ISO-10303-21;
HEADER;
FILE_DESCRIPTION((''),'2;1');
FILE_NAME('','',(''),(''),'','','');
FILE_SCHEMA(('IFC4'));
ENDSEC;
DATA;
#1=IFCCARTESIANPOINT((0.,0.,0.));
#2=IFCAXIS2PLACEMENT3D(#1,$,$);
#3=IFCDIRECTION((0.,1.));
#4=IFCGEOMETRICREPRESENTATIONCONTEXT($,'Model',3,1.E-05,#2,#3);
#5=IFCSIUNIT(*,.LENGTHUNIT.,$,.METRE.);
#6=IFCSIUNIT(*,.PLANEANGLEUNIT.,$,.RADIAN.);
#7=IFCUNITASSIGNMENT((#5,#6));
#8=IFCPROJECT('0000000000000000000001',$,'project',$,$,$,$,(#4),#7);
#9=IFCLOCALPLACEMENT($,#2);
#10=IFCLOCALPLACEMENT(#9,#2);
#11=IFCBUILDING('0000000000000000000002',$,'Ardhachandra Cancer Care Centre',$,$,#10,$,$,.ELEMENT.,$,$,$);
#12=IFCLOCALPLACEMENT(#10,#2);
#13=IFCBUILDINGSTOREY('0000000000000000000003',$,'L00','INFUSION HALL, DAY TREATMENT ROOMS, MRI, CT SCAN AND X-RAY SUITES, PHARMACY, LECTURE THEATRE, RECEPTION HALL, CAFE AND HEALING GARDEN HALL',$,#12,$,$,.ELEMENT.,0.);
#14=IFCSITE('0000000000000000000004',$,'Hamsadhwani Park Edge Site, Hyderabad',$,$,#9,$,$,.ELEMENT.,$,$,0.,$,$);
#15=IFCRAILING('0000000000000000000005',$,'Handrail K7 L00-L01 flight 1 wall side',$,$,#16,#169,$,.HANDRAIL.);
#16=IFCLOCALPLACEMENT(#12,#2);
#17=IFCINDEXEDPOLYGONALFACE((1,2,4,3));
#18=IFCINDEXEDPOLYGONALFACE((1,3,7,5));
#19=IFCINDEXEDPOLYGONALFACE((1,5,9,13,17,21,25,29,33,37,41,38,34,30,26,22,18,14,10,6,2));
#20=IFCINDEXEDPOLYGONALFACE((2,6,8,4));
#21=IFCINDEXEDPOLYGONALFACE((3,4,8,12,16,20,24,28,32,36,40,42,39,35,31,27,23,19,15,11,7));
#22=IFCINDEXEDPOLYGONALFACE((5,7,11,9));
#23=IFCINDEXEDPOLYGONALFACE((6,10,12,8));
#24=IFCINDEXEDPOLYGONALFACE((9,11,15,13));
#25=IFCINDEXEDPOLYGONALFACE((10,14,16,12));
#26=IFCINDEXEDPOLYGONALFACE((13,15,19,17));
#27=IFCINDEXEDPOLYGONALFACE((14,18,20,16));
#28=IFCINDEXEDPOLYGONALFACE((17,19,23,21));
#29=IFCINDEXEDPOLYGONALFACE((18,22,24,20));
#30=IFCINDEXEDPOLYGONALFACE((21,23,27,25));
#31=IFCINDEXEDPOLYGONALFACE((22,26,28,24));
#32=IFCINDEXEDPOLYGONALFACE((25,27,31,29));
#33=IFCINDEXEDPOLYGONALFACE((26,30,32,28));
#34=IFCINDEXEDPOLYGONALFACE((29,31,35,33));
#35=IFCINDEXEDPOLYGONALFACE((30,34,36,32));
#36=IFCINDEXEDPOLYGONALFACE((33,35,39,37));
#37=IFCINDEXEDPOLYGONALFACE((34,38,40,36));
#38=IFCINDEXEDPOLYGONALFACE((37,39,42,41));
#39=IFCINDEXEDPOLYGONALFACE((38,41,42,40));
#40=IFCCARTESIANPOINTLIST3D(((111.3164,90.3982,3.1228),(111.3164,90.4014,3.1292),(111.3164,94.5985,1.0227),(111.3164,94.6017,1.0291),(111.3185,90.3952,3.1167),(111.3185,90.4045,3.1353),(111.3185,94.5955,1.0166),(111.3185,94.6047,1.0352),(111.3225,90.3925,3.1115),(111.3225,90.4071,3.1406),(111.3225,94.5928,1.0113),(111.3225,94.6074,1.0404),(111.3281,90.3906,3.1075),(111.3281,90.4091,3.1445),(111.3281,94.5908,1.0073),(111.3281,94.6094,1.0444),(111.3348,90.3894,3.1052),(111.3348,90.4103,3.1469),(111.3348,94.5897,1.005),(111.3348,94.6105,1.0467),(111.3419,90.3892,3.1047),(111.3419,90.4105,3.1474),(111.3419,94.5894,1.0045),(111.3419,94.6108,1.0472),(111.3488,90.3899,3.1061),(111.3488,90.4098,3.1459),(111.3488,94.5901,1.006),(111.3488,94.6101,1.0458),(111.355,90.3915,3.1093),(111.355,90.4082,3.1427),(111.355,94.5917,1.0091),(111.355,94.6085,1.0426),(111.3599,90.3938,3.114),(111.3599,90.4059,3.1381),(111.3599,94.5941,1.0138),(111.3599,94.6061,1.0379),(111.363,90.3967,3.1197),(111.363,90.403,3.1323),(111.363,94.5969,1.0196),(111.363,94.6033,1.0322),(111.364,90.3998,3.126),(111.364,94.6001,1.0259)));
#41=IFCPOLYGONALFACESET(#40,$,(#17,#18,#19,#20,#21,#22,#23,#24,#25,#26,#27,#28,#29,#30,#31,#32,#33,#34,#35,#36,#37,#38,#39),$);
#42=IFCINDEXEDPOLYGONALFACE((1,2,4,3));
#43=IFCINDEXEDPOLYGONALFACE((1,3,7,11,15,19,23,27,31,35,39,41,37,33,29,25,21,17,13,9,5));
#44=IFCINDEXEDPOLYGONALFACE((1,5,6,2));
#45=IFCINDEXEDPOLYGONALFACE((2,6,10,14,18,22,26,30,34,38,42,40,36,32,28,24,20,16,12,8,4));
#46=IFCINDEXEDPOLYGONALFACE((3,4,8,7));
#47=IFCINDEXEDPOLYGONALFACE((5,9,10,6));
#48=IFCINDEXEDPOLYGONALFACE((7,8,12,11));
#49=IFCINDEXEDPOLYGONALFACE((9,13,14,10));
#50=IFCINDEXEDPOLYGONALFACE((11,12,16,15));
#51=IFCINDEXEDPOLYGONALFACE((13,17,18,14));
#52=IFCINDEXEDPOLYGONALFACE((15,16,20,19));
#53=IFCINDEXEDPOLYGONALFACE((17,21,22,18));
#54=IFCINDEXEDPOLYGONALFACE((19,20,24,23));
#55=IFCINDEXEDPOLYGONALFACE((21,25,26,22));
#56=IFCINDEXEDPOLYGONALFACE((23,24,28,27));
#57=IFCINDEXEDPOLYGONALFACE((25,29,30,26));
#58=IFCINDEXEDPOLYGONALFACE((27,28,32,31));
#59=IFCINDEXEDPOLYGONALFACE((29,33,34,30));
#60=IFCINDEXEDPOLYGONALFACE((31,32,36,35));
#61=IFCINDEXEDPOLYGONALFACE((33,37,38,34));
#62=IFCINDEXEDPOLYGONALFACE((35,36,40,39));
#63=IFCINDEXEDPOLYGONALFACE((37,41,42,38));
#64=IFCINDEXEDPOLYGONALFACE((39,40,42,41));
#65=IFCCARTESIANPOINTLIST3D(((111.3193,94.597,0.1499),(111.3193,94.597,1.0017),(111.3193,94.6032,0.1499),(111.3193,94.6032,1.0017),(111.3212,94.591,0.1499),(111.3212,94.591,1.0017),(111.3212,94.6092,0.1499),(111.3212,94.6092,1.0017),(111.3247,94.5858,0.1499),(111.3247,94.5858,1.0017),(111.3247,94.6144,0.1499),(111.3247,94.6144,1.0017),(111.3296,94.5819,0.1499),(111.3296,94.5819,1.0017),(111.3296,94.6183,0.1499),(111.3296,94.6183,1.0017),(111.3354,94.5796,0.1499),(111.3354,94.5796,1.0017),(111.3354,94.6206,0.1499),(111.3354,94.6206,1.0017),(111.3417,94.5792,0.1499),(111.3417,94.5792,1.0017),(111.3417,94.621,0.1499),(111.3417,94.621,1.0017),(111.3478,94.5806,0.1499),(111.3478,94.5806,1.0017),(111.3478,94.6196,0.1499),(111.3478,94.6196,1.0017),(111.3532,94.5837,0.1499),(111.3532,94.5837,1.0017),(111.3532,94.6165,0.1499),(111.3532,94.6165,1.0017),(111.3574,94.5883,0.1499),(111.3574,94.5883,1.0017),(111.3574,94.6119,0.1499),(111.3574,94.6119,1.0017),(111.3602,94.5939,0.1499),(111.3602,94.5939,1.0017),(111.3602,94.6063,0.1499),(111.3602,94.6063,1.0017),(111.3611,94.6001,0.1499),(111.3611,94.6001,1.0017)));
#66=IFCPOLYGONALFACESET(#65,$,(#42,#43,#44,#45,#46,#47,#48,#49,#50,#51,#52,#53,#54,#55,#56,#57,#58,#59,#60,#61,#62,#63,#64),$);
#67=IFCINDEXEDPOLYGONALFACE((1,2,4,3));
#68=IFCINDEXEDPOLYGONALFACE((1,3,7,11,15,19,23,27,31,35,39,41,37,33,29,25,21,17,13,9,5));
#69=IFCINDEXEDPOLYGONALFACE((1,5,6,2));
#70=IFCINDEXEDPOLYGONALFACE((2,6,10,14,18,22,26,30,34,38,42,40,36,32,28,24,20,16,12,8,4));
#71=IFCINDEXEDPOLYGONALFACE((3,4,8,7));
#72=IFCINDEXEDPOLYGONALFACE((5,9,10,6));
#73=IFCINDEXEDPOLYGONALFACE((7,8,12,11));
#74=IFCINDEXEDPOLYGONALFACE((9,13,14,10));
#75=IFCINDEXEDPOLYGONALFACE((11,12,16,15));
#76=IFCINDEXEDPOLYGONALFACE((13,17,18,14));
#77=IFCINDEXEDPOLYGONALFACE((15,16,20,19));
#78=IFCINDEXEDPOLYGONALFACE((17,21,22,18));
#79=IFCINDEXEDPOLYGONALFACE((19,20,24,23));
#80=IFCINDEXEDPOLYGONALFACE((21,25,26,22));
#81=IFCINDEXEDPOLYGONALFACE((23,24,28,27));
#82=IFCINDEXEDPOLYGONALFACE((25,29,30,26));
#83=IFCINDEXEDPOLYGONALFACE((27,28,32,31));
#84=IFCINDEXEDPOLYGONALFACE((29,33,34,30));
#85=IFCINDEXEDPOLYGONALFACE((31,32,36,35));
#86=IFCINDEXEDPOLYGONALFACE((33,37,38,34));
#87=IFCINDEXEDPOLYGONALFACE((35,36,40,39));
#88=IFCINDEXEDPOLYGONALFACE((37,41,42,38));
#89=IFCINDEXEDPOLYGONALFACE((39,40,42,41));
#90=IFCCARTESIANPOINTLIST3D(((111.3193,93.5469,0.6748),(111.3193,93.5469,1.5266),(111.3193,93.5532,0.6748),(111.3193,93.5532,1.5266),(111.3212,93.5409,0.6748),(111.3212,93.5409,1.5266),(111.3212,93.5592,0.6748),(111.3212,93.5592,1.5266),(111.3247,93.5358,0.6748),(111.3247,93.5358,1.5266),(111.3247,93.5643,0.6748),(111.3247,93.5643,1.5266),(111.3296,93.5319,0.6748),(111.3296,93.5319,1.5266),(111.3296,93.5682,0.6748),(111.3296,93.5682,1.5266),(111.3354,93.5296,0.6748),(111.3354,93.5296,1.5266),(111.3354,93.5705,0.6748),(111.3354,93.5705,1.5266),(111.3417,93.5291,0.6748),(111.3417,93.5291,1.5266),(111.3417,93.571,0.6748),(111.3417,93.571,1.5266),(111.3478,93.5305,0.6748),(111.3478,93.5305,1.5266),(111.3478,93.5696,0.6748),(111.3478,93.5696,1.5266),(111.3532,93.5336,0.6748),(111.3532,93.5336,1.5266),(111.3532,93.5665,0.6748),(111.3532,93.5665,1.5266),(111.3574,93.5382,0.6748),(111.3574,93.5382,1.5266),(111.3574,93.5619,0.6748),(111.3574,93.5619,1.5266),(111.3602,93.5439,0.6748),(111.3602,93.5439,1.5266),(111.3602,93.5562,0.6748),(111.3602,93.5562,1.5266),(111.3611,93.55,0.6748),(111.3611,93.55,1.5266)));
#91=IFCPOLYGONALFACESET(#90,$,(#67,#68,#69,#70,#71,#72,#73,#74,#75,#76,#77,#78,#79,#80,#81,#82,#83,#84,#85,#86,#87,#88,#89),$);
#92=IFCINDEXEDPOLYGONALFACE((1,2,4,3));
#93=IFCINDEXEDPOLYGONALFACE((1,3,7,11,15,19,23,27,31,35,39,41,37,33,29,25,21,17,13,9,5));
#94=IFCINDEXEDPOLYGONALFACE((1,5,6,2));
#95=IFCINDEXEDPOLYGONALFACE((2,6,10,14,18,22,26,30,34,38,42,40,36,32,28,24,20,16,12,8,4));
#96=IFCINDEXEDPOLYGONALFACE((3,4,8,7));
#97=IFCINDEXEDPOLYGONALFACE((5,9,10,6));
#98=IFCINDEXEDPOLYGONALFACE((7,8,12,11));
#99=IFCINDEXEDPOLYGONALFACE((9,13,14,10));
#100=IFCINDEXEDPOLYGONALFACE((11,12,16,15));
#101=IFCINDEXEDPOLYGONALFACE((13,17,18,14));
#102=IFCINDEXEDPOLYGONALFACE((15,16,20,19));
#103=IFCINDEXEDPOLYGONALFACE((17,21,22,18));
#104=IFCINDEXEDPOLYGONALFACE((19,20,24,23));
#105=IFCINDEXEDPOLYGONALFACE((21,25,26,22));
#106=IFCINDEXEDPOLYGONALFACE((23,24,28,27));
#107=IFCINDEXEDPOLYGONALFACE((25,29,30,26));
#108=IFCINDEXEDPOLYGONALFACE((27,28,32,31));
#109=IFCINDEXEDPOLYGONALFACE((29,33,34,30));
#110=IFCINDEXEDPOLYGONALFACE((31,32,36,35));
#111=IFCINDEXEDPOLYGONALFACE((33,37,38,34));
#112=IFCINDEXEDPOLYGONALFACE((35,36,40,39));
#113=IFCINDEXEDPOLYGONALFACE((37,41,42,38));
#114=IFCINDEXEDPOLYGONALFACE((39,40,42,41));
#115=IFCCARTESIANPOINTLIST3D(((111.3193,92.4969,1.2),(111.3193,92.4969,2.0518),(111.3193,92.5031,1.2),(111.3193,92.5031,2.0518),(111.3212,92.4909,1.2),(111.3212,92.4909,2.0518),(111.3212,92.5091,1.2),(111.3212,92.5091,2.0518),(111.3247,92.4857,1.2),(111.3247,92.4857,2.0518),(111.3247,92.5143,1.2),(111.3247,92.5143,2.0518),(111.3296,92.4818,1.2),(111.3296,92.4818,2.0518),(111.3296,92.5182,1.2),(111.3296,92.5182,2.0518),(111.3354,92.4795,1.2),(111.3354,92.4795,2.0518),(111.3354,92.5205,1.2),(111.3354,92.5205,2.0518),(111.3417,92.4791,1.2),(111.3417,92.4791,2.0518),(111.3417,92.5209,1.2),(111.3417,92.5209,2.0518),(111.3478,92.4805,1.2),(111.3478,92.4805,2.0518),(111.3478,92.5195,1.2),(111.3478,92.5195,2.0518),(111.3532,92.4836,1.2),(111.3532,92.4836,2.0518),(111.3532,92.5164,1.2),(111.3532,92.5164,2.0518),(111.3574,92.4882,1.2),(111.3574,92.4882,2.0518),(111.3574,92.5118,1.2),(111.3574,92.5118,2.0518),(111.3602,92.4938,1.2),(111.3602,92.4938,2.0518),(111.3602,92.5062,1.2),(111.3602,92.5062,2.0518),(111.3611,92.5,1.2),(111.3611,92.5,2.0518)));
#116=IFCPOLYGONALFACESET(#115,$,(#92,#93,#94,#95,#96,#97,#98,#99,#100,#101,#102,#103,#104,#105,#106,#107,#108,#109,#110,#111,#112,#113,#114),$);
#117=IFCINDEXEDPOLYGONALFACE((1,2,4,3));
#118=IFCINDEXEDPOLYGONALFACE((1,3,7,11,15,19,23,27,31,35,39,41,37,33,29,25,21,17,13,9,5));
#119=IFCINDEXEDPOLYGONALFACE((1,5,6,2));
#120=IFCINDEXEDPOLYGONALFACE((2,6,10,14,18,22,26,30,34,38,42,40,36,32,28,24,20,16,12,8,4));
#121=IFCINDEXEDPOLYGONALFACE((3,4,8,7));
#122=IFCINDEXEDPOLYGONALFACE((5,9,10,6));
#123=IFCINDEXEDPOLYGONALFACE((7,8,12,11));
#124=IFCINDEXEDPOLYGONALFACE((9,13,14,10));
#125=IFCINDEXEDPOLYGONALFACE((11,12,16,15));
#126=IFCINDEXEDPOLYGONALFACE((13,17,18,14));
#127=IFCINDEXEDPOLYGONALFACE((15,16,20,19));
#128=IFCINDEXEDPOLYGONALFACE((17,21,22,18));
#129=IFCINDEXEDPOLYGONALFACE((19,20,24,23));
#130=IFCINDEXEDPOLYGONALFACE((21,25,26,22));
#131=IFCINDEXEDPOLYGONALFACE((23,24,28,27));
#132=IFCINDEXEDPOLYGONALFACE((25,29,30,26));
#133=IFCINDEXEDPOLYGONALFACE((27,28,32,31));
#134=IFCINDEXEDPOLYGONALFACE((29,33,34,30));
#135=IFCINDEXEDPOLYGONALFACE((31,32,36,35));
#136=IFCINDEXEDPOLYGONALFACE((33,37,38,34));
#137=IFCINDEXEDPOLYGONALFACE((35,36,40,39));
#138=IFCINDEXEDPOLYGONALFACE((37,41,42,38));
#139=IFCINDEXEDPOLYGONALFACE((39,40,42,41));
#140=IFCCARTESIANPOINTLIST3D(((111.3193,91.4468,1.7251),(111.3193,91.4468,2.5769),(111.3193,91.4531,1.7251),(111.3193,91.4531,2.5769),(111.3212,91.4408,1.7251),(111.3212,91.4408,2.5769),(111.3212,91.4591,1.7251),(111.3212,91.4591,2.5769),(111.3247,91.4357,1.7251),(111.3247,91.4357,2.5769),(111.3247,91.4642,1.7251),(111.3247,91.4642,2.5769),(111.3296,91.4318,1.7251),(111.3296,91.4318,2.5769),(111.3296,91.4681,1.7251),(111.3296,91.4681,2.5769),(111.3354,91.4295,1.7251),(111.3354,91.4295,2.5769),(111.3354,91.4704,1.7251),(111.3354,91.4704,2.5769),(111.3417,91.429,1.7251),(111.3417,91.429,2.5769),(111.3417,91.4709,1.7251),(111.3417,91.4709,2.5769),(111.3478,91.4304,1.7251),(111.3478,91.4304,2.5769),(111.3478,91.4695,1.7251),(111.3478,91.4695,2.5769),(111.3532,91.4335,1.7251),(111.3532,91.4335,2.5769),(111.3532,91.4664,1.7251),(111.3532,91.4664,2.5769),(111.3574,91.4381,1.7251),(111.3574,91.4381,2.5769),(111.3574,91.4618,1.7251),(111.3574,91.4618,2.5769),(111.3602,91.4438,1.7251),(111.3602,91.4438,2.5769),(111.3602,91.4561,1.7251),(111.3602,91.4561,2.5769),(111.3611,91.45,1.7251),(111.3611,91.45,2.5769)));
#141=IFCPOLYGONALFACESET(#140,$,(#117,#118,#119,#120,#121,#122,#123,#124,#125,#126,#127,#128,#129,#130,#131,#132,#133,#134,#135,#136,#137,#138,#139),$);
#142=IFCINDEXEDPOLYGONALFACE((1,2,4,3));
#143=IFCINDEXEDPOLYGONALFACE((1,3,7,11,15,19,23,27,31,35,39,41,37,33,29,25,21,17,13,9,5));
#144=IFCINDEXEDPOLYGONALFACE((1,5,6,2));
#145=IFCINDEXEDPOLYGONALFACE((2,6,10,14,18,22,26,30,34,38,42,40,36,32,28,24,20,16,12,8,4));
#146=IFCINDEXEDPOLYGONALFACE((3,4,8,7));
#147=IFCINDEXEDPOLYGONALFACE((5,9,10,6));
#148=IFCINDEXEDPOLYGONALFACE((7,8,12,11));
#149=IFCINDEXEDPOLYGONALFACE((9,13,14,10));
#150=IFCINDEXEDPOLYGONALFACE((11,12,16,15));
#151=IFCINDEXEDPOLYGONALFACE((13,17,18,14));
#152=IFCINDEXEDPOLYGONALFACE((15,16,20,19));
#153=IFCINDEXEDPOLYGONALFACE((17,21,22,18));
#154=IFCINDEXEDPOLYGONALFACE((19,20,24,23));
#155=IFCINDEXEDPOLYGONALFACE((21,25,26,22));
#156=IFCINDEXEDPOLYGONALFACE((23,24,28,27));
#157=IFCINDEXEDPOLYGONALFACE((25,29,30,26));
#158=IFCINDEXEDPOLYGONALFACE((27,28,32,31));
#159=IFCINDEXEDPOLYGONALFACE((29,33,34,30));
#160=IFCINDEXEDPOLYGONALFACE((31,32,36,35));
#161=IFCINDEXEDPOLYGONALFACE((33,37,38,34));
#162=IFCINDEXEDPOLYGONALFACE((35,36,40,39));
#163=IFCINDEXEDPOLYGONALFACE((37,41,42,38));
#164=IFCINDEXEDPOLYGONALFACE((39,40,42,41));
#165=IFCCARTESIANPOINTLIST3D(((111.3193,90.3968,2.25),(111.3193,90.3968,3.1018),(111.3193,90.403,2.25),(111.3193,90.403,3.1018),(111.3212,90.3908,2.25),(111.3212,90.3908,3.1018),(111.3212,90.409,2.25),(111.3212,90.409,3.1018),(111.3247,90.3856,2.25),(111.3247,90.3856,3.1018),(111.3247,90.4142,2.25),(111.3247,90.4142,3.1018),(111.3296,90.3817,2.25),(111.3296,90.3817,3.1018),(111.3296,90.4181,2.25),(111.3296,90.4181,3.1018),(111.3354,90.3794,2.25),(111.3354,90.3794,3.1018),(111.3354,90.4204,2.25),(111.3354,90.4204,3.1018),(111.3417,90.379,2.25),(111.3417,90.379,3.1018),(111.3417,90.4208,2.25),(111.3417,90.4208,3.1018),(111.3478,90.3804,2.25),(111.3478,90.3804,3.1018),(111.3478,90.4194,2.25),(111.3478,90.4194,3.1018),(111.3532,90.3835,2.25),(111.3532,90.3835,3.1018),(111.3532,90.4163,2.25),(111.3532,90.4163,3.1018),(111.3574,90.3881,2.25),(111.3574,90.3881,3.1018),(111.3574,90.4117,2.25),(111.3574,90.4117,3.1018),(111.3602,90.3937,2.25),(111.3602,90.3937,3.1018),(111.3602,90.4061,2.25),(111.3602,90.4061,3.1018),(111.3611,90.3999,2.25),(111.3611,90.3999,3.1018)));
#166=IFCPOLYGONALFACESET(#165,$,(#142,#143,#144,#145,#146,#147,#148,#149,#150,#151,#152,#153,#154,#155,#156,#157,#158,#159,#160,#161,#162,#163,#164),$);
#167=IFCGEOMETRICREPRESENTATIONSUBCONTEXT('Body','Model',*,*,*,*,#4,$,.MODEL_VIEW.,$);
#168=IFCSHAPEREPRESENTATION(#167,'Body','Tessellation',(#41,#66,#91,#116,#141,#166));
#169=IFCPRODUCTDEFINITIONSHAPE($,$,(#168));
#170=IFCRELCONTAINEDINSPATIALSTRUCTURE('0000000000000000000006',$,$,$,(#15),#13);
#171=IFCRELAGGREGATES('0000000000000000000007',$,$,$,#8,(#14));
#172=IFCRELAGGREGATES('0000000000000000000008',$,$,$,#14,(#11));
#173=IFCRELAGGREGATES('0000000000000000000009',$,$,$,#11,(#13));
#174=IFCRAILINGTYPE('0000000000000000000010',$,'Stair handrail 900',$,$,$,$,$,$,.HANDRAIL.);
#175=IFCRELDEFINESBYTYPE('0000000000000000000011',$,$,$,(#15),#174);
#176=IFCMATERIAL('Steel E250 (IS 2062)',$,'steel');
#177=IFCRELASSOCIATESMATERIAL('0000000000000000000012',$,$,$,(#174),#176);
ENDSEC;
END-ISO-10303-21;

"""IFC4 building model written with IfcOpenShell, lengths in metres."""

from ifc_helpers import new_model, si_unit, direction, frame, origin, origin_2d, place, context, subcontext, project, spatial, circle, extrude, material, type_object, element, save


model = new_model("IFC4")

# Units and contexts
model_context = context("Model", 3, precision=1e-05, world=origin(), true_north=direction((0.0, 1.0)))
body_context = subcontext(model_context, "Body", "Model", "MODEL_VIEW")
ifc_project = project(units=[si_unit("LENGTHUNIT", "METRE"), si_unit("PLANEANGLEUNIT", "RADIAN")], contexts=[model_context])

# Site, building, storey
site_placement = place(None, origin())
site = spatial("IfcSite", under=ifc_project, at=site_placement, Name="Hamsadhwani Park Edge Site, Hyderabad", CompositionType="ELEMENT", RefElevation=0.0)
building_placement = place(site_placement, origin())
building = spatial("IfcBuilding", under=site, at=building_placement, Name="Ardhachandra Cancer Care Centre", CompositionType="ELEMENT")
storey_placement = place(building_placement, origin())
storey = spatial("IfcBuildingStorey", under=building, at=storey_placement, Name="L00", Description="INFUSION HALL, DAY TREATMENT ROOMS, MRI, CT SCAN AND X-RAY SUITES, PHARMACY, LECTURE THEATRE, RECEPTION HALL, CAFE AND HEALING GARDEN HALL", CompositionType="ELEMENT", Elevation=0.0)

# Railing
ifc_material_1 = material(Name="Steel E250 (IS 2062)", Category="steel")
railing_type_1 = type_object("IfcRailingType", Name="Stair handrail 900", PredefinedType="HANDRAIL", material=ifc_material_1)
for number, where, name in (
    (1, (111.3401, 94.6001, 0.1499), "Handrail K7 L00-L01 flight 1 wall side"),
):
    element("IfcRailing", number, at=place(storey_placement, frame(where)), inside=storey, type_object=railing_type_1, Name=name, PredefinedType="HANDRAIL", context=body_context, shape_type="SweptSolid", body=[
        extrude(circle(Radius=0.0239, at=origin_2d()), frame((0.0, 0.0, 0.876), z_axis=(0.0, -0.894427, 0.447214), x_axis=(1.0, 0.0, 0.0)), (0.0, 0.0, 1.0), 4.696),
        extrude(circle(Radius=0.021, at=origin_2d()), origin(), (0.0, 0.0, 1.0), 0.8518),
        extrude(circle(Radius=0.021, at=origin_2d()), frame((0.0, -1.05, 0.5249)), (0.0, 0.0, 1.0), 0.8518),
        extrude(circle(Radius=0.021, at=origin_2d()), frame((0.0, -2.1001, 1.05)), (0.0, 0.0, 1.0), 0.8518),
        extrude(circle(Radius=0.021, at=origin_2d()), frame((0.0, -3.1501, 1.5752)), (0.0, 0.0, 1.0), 0.8518),
        extrude(circle(Radius=0.021, at=origin_2d()), frame((0.0, -4.2002, 2.1001)), (0.0, 0.0, 1.0), 0.8518),
    ])

save(model, "model.ifc")
